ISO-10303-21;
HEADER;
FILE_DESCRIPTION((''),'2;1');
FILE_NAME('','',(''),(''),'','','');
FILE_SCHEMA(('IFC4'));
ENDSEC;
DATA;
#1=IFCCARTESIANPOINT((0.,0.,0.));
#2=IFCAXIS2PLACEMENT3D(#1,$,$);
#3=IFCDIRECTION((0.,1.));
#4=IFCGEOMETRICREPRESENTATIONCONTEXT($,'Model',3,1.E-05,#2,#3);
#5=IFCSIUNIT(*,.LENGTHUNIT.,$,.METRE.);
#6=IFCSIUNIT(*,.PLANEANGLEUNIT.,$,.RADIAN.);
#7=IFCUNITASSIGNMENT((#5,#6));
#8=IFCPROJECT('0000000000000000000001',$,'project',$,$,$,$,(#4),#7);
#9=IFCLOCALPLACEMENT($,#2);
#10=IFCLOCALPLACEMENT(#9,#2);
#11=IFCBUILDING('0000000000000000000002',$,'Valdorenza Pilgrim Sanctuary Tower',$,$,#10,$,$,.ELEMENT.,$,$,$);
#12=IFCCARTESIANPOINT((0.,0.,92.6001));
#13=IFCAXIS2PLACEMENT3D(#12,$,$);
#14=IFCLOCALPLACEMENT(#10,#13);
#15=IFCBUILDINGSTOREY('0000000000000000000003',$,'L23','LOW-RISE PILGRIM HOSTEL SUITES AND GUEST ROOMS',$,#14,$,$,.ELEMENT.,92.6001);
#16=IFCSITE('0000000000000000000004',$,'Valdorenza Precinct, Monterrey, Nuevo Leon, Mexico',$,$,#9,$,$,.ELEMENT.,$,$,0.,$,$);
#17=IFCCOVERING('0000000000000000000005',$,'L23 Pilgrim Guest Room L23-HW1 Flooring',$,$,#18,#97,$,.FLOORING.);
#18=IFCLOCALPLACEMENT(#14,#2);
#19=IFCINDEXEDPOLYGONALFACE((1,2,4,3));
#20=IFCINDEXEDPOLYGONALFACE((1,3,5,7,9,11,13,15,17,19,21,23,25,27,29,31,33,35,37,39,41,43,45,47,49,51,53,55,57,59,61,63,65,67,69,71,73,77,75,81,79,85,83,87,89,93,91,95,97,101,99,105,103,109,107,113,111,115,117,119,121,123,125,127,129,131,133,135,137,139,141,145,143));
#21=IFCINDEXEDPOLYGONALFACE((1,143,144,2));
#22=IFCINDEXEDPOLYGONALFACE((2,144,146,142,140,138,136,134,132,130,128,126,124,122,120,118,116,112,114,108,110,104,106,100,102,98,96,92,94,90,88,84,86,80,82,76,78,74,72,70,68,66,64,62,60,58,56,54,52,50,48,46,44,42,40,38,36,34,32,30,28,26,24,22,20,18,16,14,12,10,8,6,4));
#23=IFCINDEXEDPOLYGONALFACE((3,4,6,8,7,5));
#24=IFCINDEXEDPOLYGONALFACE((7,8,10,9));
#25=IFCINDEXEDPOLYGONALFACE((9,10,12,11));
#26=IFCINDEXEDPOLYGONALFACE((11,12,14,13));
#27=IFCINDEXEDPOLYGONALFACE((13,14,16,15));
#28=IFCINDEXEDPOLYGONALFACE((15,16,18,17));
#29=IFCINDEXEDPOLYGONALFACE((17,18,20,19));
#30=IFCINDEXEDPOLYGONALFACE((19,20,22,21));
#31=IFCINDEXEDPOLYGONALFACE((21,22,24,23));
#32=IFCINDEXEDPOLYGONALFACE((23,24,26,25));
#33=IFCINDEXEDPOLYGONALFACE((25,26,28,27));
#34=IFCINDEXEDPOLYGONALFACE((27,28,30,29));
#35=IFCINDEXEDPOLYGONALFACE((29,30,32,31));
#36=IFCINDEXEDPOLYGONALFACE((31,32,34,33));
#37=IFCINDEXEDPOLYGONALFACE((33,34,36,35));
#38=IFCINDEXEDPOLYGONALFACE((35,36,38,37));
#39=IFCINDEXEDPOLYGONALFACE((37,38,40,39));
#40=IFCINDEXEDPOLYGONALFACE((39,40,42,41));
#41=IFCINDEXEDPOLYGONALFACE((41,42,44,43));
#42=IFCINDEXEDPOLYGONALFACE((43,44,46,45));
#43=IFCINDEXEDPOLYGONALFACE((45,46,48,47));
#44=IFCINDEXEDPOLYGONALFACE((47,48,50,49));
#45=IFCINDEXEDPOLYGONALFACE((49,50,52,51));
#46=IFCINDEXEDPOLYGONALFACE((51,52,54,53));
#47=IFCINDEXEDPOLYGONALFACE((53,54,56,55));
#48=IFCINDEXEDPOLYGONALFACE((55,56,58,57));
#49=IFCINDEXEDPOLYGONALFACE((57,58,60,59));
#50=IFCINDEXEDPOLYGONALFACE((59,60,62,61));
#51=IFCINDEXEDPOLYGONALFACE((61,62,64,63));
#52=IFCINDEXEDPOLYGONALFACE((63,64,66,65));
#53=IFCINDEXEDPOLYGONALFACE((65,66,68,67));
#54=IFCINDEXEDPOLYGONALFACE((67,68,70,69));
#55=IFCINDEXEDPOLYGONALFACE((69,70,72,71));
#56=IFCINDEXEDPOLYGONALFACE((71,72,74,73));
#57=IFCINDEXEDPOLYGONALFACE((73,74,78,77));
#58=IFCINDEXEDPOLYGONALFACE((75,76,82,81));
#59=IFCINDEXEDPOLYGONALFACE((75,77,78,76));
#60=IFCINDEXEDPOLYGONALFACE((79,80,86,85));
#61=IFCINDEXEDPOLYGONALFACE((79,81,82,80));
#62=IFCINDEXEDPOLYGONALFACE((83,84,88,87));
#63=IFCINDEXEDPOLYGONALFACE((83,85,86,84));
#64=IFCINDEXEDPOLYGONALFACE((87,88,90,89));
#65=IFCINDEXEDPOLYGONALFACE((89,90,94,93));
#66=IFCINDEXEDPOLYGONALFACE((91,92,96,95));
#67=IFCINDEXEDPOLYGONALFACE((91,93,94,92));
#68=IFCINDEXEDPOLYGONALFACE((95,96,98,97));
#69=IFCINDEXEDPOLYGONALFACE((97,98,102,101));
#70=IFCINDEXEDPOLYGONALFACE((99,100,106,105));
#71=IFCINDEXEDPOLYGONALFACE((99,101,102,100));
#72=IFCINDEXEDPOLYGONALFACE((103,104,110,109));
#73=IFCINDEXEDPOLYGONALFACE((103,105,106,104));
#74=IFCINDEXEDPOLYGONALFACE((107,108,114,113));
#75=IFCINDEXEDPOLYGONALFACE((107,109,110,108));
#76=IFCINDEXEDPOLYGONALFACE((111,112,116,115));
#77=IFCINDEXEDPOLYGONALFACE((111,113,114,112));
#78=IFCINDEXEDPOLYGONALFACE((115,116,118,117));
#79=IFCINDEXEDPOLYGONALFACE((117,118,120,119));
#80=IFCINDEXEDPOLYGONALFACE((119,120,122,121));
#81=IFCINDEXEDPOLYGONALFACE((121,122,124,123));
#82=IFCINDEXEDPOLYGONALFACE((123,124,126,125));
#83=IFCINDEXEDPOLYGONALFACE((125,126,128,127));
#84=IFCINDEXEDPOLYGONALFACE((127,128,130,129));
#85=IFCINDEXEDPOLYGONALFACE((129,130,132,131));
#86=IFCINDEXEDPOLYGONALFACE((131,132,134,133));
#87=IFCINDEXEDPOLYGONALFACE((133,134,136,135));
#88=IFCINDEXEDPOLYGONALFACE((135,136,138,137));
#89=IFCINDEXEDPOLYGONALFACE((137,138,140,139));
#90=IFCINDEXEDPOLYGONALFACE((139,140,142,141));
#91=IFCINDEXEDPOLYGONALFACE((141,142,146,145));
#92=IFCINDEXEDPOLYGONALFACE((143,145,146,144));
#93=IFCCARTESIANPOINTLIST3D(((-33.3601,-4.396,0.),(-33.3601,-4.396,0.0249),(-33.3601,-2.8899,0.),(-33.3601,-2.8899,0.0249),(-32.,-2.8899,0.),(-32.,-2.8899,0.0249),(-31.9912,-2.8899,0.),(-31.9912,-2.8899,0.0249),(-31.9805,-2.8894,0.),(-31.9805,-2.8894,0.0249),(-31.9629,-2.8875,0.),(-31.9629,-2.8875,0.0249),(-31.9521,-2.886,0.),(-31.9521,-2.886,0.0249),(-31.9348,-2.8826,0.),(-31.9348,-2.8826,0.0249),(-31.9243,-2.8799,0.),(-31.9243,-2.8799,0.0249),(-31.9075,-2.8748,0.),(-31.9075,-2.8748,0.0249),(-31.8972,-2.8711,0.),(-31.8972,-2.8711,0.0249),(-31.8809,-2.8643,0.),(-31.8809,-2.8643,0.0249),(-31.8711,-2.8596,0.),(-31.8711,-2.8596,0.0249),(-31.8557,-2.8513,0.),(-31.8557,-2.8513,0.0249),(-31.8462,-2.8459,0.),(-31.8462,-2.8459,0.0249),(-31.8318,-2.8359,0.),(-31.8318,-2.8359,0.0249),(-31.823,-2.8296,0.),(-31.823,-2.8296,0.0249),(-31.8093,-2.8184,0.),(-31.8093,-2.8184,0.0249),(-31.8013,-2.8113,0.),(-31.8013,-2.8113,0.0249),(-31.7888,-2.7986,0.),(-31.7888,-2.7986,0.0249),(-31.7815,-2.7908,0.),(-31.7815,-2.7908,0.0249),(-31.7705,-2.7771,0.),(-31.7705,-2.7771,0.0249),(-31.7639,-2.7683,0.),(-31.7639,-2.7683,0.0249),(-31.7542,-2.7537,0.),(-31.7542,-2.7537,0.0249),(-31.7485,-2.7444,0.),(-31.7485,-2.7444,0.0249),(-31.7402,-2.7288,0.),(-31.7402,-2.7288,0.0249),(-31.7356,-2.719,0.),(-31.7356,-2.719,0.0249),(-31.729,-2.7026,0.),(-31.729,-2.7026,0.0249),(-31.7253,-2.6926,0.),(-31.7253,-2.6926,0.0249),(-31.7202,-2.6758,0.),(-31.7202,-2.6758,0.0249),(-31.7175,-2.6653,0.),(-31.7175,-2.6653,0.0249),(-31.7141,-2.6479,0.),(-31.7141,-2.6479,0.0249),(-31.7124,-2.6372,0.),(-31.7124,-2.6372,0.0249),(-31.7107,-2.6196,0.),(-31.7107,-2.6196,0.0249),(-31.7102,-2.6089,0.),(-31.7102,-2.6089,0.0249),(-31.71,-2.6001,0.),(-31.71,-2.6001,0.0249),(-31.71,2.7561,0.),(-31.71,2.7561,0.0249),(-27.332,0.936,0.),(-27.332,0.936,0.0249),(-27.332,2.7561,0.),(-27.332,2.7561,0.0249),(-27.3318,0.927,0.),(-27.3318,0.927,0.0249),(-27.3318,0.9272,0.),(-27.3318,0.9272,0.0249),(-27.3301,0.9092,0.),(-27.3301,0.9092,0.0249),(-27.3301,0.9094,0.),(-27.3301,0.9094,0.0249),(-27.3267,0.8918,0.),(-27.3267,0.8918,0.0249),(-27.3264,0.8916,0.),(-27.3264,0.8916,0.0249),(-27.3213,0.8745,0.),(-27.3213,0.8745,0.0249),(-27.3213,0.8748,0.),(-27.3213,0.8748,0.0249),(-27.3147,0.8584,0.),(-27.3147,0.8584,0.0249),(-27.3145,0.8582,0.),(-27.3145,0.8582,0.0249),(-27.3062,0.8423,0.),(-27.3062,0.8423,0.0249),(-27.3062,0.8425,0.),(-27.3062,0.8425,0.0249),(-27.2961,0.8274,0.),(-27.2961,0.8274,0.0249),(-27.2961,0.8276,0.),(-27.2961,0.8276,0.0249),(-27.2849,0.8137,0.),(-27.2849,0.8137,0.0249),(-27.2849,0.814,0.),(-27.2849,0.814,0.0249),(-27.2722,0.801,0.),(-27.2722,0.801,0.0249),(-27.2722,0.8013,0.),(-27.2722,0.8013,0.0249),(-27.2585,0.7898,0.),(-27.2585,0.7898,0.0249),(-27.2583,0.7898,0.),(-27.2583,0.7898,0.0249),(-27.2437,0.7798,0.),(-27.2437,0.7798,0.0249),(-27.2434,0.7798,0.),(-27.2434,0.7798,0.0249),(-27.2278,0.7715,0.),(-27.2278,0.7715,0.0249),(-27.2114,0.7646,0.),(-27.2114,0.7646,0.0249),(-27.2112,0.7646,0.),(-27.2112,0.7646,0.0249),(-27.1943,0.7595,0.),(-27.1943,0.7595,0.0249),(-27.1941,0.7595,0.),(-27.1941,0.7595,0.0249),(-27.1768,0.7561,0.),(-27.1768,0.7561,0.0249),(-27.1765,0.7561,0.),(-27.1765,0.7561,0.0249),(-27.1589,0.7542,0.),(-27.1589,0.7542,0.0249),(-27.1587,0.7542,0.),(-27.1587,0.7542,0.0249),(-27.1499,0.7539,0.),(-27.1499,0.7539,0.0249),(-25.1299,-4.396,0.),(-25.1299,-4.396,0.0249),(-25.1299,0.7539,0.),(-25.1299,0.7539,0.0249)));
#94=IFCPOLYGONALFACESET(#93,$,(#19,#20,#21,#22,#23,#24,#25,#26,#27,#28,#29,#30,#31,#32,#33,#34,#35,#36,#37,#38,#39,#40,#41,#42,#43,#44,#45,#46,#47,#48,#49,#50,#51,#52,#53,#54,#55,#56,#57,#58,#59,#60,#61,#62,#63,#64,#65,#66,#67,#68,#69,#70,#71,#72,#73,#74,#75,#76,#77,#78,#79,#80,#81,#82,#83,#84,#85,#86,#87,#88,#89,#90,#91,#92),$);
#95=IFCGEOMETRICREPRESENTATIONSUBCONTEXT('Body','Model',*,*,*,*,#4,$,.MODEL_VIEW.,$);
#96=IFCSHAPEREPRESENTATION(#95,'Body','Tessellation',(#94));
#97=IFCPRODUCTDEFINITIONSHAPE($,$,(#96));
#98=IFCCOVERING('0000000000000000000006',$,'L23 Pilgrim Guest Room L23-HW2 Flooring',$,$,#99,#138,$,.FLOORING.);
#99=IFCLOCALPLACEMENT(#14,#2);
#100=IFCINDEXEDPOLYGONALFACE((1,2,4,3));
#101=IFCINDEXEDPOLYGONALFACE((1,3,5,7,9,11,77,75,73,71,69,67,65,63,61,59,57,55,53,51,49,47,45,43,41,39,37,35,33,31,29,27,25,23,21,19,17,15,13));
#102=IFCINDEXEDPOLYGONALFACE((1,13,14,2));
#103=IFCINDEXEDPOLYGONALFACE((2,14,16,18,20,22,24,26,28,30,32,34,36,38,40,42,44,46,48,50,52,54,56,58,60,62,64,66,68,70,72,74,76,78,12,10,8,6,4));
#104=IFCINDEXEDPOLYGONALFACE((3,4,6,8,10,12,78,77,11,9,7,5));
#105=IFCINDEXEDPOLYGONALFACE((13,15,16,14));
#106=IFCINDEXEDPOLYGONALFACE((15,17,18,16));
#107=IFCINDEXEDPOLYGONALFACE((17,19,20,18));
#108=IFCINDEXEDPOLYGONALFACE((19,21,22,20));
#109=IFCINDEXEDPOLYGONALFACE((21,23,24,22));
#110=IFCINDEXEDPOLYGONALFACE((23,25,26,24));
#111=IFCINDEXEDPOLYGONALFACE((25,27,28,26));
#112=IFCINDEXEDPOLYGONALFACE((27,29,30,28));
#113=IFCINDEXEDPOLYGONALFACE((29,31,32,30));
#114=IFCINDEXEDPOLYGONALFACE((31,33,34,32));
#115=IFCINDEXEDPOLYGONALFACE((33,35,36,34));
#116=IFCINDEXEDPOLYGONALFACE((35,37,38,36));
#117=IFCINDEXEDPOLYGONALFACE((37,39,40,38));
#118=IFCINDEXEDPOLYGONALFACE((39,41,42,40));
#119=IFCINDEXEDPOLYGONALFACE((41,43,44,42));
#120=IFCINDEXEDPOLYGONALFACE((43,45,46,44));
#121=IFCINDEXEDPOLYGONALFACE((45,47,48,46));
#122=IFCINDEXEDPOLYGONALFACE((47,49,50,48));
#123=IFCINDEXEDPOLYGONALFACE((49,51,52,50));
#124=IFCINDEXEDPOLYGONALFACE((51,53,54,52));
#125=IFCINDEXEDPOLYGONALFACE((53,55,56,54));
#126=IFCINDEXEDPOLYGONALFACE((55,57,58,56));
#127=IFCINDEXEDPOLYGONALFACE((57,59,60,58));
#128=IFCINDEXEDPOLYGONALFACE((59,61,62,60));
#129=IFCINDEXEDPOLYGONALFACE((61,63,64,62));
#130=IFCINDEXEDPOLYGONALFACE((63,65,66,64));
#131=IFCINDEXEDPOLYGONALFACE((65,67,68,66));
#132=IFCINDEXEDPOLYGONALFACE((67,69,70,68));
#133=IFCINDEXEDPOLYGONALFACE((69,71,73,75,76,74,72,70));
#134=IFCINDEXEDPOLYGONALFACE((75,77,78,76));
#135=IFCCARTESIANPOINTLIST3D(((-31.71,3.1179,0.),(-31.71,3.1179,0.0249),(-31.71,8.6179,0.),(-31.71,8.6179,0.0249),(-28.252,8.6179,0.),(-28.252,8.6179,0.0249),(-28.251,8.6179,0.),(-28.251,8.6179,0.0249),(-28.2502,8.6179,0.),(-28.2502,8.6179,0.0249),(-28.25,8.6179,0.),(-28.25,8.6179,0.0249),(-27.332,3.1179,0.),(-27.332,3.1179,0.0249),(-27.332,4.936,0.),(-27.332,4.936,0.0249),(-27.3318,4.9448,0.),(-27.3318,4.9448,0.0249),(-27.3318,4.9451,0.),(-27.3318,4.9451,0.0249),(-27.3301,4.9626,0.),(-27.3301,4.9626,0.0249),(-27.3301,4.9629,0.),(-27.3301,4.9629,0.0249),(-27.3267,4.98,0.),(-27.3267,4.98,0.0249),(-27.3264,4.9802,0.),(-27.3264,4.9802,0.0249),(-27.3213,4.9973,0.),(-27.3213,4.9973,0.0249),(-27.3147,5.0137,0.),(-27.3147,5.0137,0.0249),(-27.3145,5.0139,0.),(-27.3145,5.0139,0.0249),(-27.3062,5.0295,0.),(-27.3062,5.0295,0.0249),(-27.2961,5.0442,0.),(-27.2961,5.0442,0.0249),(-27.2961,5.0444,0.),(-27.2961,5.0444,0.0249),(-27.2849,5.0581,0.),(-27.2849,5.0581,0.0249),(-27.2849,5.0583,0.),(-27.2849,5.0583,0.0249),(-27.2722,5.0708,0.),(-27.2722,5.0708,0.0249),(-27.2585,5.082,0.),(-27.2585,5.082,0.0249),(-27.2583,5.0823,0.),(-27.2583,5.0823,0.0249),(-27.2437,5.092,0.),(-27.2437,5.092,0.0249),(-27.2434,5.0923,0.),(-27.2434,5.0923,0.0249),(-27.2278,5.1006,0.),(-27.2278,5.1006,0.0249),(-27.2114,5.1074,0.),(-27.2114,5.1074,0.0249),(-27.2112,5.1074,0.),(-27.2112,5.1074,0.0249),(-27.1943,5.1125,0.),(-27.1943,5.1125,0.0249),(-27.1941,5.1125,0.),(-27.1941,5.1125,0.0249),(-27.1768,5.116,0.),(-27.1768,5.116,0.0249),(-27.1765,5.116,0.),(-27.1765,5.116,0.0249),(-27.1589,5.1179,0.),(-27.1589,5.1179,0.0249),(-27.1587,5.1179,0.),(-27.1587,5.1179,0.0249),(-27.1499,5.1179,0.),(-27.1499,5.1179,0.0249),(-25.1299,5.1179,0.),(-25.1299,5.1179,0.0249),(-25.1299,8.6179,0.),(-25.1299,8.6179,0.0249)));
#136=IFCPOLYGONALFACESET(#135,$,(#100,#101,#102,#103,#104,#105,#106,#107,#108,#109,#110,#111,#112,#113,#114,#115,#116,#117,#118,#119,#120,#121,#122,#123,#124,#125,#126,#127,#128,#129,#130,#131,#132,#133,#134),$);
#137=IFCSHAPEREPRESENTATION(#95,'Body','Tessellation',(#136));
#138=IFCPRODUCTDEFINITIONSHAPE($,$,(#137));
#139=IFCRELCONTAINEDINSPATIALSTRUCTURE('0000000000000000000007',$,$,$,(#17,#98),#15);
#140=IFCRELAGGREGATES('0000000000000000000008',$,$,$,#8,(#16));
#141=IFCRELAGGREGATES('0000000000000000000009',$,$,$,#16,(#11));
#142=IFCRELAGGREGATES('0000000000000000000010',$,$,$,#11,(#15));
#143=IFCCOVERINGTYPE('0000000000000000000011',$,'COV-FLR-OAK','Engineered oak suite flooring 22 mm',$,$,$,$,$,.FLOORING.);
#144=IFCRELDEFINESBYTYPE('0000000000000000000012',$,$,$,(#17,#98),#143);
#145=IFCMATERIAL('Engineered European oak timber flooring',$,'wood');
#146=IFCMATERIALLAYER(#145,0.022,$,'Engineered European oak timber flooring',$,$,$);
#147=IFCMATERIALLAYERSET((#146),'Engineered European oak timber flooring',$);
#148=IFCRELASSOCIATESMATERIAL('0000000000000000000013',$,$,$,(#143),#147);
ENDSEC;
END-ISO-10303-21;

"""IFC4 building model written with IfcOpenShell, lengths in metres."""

from ifc_helpers import new_model, si_unit, direction, frame, origin, place, context, subcontext, project, spatial, polyline, outline, extrude, material, layer, layer_set, type_object, element, save


model = new_model("IFC4")

# Units and contexts
model_context = context("Model", 3, precision=1e-05, world=origin(), true_north=direction((0.0, 1.0)))
body_context = subcontext(model_context, "Body", "Model", "MODEL_VIEW")
ifc_project = project(units=[si_unit("LENGTHUNIT", "METRE"), si_unit("PLANEANGLEUNIT", "RADIAN")], contexts=[model_context])

# Site, building, storey
site_placement = place(None, origin())
site = spatial("IfcSite", under=ifc_project, at=site_placement, Name="Valdorenza Precinct, Monterrey, Nuevo Leon, Mexico", CompositionType="ELEMENT", RefElevation=0.0)
building_placement = place(site_placement, origin())
building = spatial("IfcBuilding", under=site, at=building_placement, Name="Valdorenza Pilgrim Sanctuary Tower", CompositionType="ELEMENT")
storey_placement = place(building_placement, frame((0.0, 0.0, 92.6001)))
storey = spatial("IfcBuildingStorey", under=building, at=storey_placement, Name="L23", Description="LOW-RISE PILGRIM HOSTEL SUITES AND GUEST ROOMS", CompositionType="ELEMENT", Elevation=92.6001)

# Coverings
ifc_material_1 = material(Name="Engineered European oak timber flooring", Category="wood")
ifc_layer_1 = layer(ifc_material_1, 0.022, Name="Engineered European oak timber flooring")
ifc_layer_set_1 = layer_set([ifc_layer_1], Name="Engineered European oak timber flooring")
covering_type_1 = type_object("IfcCoveringType", Name="COV-FLR-OAK", Description="Engineered oak suite flooring 22 mm", PredefinedType="FLOORING", material=ifc_layer_set_1)
covering_1_placement = place(storey_placement, origin())
element("IfcCovering", 1, at=covering_1_placement, inside=storey, type_object=covering_type_1, Name="L23 Pilgrim Guest Room L23-HW1 Flooring", PredefinedType="FLOORING", context=body_context, shape_type="SweptSolid", body=[
    extrude(outline(polyline([(-33.3601, -2.8899), (-32.0, -2.8899), (-31.9912, -2.8899), (-31.9805, -2.8894), (-31.9629, -2.8875), (-31.9521, -2.886), (-31.9348, -2.8826), (-31.9243, -2.8799), (-31.9075, -2.8748), (-31.8972, -2.8711), (-31.8809, -2.8643), (-31.8711, -2.8596), (-31.8557, -2.8513), (-31.8462, -2.8459), (-31.8318, -2.8359), (-31.823, -2.8296), (-31.8093, -2.8184), (-31.8013, -2.8113), (-31.7888, -2.7986), (-31.7815, -2.7908), (-31.7705, -2.7771), (-31.7639, -2.7683), (-31.7542, -2.7537), (-31.7485, -2.7444), (-31.7402, -2.7288), (-31.7356, -2.719), (-31.729, -2.7026), (-31.7253, -2.6926), (-31.7202, -2.6758), (-31.7175, -2.6653), (-31.7141, -2.6479), (-31.7124, -2.6372), (-31.7107, -2.6196), (-31.7102, -2.6089), (-31.71, -2.6001), (-31.71, 2.7561), (-27.332, 2.7561), (-27.332, 0.936), (-27.3318, 0.9272), (-27.3318, 0.927), (-27.3301, 0.9094), (-27.3301, 0.9092), (-27.3267, 0.8918), (-27.3264, 0.8916), (-27.3213, 0.8748), (-27.3213, 0.8745), (-27.3147, 0.8584), (-27.3145, 0.8582), (-27.3062, 0.8425), (-27.3062, 0.8423), (-27.2961, 0.8276), (-27.2961, 0.8274), (-27.2849, 0.814), (-27.2849, 0.8137), (-27.2722, 0.8013), (-27.2722, 0.801), (-27.2585, 0.7898), (-27.2583, 0.7898), (-27.2437, 0.7798), (-27.2434, 0.7798), (-27.2278, 0.7715), (-27.2278, 0.7715), (-27.2114, 0.7646), (-27.2112, 0.7646), (-27.1943, 0.7595), (-27.1941, 0.7595), (-27.1768, 0.7561), (-27.1765, 0.7561), (-27.1589, 0.7542), (-27.1587, 0.7542), (-27.1499, 0.7539), (-25.1299, 0.7539), (-25.1299, -4.396), (-33.3601, -4.396), (-33.3601, -2.8899)])), origin(), (0.0, 0.0, 1.0), 0.0249),
])
covering_2_placement = place(storey_placement, origin())
element("IfcCovering", 2, at=covering_2_placement, inside=storey, type_object=covering_type_1, Name="L23 Pilgrim Guest Room L23-HW2 Flooring", PredefinedType="FLOORING", context=body_context, shape_type="SweptSolid", body=[
    extrude(outline(polyline([(-28.2502, 8.6179), (-28.25, 8.6179), (-25.1299, 8.6179), (-25.1299, 5.1179), (-27.1499, 5.1179), (-27.1587, 5.1179), (-27.1589, 5.1179), (-27.1765, 5.116), (-27.1768, 5.116), (-27.1941, 5.1125), (-27.1943, 5.1125), (-27.2112, 5.1074), (-27.2114, 5.1074), (-27.2278, 5.1006), (-27.2278, 5.1006), (-27.2434, 5.0923), (-27.2437, 5.092), (-27.2583, 5.0823), (-27.2585, 5.082), (-27.2722, 5.0708), (-27.2722, 5.0708), (-27.2849, 5.0583), (-27.2849, 5.0581), (-27.2961, 5.0444), (-27.2961, 5.0442), (-27.3062, 5.0295), (-27.3062, 5.0295), (-27.3145, 5.0139), (-27.3147, 5.0137), (-27.3213, 4.9973), (-27.3213, 4.9973), (-27.3264, 4.9802), (-27.3267, 4.98), (-27.3301, 4.9629), (-27.3301, 4.9626), (-27.3318, 4.9451), (-27.3318, 4.9448), (-27.332, 4.936), (-27.332, 3.1179), (-31.71, 3.1179), (-31.71, 8.6179), (-28.252, 8.6179), (-28.251, 8.6179), (-28.2502, 8.6179)])), origin(), (0.0, 0.0, 1.0), 0.0249),
])

save(model, "model.ifc")
